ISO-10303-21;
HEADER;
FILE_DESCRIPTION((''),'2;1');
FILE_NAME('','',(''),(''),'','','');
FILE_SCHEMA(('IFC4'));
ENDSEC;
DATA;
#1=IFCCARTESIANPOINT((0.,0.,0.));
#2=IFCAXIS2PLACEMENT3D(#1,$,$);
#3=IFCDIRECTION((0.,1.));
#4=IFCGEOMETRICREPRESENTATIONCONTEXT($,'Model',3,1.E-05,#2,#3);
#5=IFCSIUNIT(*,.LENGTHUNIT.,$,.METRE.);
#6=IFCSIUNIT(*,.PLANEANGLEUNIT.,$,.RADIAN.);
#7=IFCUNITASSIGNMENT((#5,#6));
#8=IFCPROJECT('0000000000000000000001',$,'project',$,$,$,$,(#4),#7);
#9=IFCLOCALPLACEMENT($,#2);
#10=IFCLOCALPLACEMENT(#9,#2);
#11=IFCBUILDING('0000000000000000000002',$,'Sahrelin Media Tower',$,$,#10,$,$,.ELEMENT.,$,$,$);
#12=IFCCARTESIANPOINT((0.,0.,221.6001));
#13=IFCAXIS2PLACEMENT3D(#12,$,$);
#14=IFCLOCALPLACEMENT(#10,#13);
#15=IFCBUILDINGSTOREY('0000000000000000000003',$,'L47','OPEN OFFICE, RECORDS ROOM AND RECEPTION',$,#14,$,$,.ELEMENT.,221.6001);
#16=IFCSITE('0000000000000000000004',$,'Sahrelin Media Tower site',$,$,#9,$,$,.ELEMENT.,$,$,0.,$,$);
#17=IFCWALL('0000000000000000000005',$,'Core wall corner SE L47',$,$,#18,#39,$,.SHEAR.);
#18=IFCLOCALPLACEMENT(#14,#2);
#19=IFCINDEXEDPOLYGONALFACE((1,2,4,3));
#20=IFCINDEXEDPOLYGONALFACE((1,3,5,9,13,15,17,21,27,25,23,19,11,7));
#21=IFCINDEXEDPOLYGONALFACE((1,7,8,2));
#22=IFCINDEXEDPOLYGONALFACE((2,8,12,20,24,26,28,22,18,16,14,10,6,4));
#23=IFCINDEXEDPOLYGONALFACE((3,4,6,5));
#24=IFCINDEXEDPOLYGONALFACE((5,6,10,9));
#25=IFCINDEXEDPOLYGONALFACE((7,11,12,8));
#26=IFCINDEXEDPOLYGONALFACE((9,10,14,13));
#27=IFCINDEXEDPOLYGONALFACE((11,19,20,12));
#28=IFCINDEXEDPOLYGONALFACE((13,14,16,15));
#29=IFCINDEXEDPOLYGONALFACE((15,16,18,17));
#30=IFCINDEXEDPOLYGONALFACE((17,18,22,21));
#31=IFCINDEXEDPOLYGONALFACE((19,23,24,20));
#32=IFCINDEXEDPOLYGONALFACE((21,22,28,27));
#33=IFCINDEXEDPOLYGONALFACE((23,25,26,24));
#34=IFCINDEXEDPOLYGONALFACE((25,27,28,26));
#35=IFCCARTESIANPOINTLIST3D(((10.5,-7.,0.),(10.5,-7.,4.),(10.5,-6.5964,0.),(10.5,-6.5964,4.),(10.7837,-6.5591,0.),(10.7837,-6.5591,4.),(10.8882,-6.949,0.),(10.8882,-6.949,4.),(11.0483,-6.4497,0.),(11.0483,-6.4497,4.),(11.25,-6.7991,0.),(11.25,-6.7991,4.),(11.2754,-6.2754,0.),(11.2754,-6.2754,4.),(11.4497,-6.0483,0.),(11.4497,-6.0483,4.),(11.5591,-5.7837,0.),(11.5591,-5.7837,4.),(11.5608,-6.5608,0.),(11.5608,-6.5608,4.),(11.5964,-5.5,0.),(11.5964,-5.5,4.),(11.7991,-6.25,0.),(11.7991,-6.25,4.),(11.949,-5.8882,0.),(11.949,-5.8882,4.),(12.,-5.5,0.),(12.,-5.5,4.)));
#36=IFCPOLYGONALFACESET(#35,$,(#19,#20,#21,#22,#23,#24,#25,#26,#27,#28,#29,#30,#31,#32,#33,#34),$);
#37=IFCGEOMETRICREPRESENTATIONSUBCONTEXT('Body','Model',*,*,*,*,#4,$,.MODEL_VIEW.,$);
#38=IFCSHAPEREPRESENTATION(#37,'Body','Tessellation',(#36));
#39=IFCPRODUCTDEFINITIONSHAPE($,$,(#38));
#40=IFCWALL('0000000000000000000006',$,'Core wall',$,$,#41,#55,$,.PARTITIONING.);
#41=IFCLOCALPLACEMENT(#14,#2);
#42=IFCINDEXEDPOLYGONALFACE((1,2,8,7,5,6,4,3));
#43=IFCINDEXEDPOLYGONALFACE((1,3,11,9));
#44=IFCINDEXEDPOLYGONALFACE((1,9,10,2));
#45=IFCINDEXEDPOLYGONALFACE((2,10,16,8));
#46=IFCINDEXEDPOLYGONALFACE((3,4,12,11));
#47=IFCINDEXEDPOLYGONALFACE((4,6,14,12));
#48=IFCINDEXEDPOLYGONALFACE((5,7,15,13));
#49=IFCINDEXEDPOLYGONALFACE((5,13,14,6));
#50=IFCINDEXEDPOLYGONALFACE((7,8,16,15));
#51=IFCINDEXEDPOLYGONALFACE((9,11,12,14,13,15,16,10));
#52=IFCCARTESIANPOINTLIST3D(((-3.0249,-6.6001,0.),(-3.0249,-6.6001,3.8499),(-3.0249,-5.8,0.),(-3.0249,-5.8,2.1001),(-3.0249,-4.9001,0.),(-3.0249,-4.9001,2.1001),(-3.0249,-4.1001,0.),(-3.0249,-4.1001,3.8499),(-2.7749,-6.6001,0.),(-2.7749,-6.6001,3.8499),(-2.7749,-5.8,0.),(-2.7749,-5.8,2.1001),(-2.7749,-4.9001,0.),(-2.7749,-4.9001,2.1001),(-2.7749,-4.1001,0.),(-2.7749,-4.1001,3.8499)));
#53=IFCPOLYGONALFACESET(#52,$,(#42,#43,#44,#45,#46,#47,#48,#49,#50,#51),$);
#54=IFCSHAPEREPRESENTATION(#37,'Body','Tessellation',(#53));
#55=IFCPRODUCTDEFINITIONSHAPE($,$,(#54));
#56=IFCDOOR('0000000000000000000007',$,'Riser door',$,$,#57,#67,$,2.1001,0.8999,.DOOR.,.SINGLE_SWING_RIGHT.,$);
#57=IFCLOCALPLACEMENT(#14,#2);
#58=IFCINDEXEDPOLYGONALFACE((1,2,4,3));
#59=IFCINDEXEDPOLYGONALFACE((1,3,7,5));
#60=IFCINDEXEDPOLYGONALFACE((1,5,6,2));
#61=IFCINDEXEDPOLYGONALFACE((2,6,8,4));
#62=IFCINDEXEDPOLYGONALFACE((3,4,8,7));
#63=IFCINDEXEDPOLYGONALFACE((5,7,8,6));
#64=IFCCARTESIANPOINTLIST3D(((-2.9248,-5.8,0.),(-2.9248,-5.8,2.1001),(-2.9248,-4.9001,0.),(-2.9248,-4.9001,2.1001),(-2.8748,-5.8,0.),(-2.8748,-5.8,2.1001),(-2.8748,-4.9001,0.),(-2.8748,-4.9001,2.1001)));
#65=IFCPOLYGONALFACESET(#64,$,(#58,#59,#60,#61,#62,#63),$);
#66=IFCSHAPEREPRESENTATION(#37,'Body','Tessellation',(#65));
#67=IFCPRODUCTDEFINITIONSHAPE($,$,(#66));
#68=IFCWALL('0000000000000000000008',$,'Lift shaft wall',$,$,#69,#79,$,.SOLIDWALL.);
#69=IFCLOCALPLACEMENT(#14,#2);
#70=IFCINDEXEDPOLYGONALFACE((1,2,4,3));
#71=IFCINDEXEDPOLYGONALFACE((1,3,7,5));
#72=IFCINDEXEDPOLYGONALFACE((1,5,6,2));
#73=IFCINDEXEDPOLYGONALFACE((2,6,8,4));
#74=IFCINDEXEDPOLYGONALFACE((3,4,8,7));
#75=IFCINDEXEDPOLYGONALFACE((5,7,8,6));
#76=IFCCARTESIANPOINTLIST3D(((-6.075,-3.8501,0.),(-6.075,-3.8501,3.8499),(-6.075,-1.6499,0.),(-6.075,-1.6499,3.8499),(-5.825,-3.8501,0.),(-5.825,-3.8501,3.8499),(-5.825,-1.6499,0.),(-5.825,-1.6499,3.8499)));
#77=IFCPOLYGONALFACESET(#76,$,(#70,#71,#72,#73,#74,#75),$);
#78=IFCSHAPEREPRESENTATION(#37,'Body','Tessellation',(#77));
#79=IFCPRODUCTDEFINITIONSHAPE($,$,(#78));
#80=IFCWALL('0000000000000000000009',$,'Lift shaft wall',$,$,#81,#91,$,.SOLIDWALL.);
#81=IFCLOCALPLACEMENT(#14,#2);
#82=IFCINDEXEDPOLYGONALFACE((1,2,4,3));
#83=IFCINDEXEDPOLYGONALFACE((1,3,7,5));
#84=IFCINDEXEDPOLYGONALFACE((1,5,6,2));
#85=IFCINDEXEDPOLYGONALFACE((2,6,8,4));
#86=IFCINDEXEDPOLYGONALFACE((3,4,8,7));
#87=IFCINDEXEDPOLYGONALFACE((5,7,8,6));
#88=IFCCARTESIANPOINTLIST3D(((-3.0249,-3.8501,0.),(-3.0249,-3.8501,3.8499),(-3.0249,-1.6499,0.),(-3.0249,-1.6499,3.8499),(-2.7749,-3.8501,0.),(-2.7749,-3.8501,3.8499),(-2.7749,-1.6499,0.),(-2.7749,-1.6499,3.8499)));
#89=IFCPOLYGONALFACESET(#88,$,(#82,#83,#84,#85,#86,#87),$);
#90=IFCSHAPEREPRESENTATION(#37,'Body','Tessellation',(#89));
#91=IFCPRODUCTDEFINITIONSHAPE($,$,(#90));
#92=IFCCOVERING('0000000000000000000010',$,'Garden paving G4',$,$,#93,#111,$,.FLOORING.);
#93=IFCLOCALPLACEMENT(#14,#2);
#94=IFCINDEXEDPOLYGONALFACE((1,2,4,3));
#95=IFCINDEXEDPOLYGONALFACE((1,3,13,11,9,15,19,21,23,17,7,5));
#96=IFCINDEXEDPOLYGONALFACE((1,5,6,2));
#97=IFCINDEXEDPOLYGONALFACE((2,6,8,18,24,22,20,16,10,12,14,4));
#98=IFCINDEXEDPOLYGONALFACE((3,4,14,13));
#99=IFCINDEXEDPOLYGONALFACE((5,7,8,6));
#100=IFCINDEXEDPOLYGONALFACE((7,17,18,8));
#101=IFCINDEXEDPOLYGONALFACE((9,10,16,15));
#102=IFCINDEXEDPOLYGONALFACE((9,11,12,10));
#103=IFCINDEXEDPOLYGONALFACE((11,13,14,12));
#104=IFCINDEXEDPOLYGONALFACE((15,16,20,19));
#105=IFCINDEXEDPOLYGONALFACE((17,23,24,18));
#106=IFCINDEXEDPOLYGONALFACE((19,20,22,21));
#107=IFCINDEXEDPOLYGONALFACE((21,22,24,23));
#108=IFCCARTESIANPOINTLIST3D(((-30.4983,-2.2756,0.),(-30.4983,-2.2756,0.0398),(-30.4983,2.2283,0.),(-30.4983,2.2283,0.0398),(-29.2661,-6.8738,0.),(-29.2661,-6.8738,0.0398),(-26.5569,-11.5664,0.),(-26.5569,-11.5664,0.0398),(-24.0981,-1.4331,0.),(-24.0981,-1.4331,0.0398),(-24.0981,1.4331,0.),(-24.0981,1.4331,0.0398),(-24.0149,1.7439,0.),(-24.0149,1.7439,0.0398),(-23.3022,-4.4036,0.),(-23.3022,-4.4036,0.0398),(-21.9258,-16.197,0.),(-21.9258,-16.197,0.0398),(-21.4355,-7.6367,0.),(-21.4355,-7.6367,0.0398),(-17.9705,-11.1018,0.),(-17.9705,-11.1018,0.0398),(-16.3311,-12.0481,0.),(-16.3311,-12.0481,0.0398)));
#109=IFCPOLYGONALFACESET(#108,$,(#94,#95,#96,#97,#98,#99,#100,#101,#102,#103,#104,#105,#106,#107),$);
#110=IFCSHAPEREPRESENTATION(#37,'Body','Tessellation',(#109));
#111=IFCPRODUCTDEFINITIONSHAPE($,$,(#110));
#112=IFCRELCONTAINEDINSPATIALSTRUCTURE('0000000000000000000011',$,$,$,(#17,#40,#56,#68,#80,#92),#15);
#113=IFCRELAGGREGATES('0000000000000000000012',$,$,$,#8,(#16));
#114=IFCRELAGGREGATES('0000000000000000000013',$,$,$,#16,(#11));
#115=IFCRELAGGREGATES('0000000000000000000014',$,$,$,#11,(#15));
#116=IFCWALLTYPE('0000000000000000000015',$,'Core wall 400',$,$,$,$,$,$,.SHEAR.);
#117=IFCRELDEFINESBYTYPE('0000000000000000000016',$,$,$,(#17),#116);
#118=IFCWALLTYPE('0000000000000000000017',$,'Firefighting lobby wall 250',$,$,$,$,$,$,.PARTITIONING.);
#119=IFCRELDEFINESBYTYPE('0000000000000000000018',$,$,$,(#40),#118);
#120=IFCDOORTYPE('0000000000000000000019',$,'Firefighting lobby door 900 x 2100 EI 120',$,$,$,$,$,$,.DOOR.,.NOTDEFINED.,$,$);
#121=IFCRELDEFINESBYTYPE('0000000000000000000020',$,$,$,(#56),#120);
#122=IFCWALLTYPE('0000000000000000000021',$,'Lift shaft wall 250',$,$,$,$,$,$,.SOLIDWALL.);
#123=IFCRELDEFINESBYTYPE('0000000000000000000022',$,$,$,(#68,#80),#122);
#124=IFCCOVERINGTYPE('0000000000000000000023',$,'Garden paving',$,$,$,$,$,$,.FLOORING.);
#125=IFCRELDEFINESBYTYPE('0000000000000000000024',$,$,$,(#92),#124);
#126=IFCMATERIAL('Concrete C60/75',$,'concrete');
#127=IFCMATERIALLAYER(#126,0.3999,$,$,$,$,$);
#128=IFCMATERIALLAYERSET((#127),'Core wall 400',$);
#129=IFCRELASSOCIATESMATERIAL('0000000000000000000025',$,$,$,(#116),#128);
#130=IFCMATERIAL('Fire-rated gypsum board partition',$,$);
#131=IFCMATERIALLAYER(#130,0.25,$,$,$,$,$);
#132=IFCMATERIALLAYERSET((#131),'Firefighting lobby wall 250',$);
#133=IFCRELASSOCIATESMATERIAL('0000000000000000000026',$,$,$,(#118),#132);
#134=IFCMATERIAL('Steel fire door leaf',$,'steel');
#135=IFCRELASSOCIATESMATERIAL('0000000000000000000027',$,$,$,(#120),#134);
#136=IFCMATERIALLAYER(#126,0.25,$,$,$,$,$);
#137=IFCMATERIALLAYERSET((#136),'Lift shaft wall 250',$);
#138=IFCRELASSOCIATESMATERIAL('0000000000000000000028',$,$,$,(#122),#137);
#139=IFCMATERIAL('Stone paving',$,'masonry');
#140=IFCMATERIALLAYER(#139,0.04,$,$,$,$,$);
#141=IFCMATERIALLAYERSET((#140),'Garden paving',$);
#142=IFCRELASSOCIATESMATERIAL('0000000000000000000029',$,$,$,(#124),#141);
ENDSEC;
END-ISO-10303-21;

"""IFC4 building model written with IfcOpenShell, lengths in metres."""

from ifc_helpers import new_model, si_unit, direction, frame, frame_2d, origin, place, context, subcontext, project, spatial, polyline, rectangle, outline, extrude, material, layer, layer_set, type_object, element, fill, save


model = new_model("IFC4")

# Units and contexts
model_context = context("Model", 3, precision=1e-05, world=origin(), true_north=direction((0.0, 1.0)))
body_context = subcontext(model_context, "Body", "Model", "MODEL_VIEW")
ifc_project = project(units=[si_unit("LENGTHUNIT", "METRE"), si_unit("PLANEANGLEUNIT", "RADIAN")], contexts=[model_context])

# Site, building, storey
site_placement = place(None, origin())
site = spatial("IfcSite", under=ifc_project, at=site_placement, Name="Sahrelin Media Tower site", CompositionType="ELEMENT", RefElevation=0.0)
building_placement = place(site_placement, origin())
building = spatial("IfcBuilding", under=site, at=building_placement, Name="Sahrelin Media Tower", CompositionType="ELEMENT")
storey_placement = place(building_placement, frame((0.0, 0.0, 221.6001)))
storey = spatial("IfcBuildingStorey", under=building, at=storey_placement, Name="L47", Description="OPEN OFFICE, RECORDS ROOM AND RECEPTION", CompositionType="ELEMENT", Elevation=221.6001)

# Shared definitions
placement = place(storey_placement, origin())

# Wall
ifc_material_1 = material(Name="Concrete C60/75", Category="concrete")
ifc_layer_1 = layer(ifc_material_1, 0.3999)
ifc_layer_set_1 = layer_set([ifc_layer_1], Name="Core wall 400")
wall_type_1 = type_object("IfcWallType", Name="Core wall 400", PredefinedType="SHEAR", material=ifc_layer_set_1)
element("IfcWall", 1, at=placement, inside=storey, type_object=wall_type_1, Name="Core wall corner SE L47", PredefinedType="SHEAR", context=body_context, shape_type="SweptSolid", body=[
    extrude(outline(polyline([(12.0, -5.5), (11.5964, -5.5), (11.5591, -5.7837), (11.4497, -6.0483), (11.2754, -6.2754), (11.0483, -6.4497), (10.7837, -6.5591), (10.5, -6.5964), (10.5, -7.0), (10.8882, -6.949), (11.25, -6.7991), (11.5608, -6.5608), (11.7991, -6.25), (11.949, -5.8882), (12.0, -5.5)])), origin(), (0.0, 0.0, 1.0), 4.0),
])

# Wall, opening, door
ifc_material_2 = material(Name="Fire-rated gypsum board partition")
ifc_layer_2 = layer(ifc_material_2, 0.25)
ifc_layer_set_2 = layer_set([ifc_layer_2], Name="Firefighting lobby wall 250")
wall_type_2 = type_object("IfcWallType", Name="Firefighting lobby wall 250", PredefinedType="PARTITIONING", material=ifc_layer_set_2)
wall_1_placement = place(storey_placement, frame((-2.8999, -6.6001, 0.0), z_axis=(0.0, 0.0, 1.0), x_axis=(0.0, 1.0, 0.0)))
wall_1 = element("IfcWall", 2, at=wall_1_placement, inside=storey, type_object=wall_type_2, Name="Core wall", PredefinedType="PARTITIONING", context=body_context, shape_type="SweptSolid", body=[
    extrude(rectangle(XDim=2.5, YDim=0.25, at=frame_2d((1.25, 0.0))), origin(), (0.0, 0.0, 1.0), 3.8499),
])
opening_placement = place(wall_1_placement, frame((0.8, 0.0, 0.0)))
opening = element("IfcOpeningElement", 3, at=opening_placement, cuts=wall_1, PredefinedType="OPENING", context=body_context, shape_type="SweptSolid", body=[
    extrude(rectangle(XDim=0.8999, YDim=2.1001, at=frame_2d((0.45, 1.05))), frame((0.0, 0.125, 0.0), z_axis=(0.0, -1.0, 0.0), x_axis=(1.0, 0.0, 0.0)), (0.0, 0.0, 1.0), 0.25),
])
ifc_material_3 = material(Name="Steel fire door leaf", Category="steel")
door_type = type_object("IfcDoorType", Name="Firefighting lobby door 900 x 2100 EI 120", OperationType="NOTDEFINED", PredefinedType="DOOR", material=ifc_material_3)
door_placement = place(opening_placement, origin())
door = element("IfcDoor", 4, at=door_placement, inside=storey, type_object=door_type, Name="Riser door", OperationType="SINGLE_SWING_RIGHT", OverallHeight=2.1001, OverallWidth=0.8999, PredefinedType="DOOR", context=body_context, shape_type="SweptSolid", body=[
    extrude(rectangle(XDim=0.8999, YDim=2.1001, at=frame_2d((0.45, 1.05))), frame((0.0, 0.0249, 0.0), z_axis=(0.0, -1.0, 0.0), x_axis=(1.0, 0.0, 0.0)), (0.0, 0.0, 1.0), 0.05),
])
fill(opening, door)

# Walls
ifc_layer_3 = layer(ifc_material_1, 0.25)
ifc_layer_set_3 = layer_set([ifc_layer_3], Name="Lift shaft wall 250")
wall_type_3 = type_object("IfcWallType", Name="Lift shaft wall 250", PredefinedType="SOLIDWALL", material=ifc_layer_set_3)
for number, where, z_axis, x_axis, name in (
    (5, (-5.95, -3.8501, 0.0), (0.0, 0.0, 1.0), (0.0, 1.0, 0.0), "Lift shaft wall"),
    (6, (-2.8999, -3.8501, 0.0), (0.0, 0.0, 1.0), (0.0, 1.0, 0.0), "Lift shaft wall"),
):
    element("IfcWall", number, at=place(storey_placement, frame(where, z_axis=z_axis, x_axis=x_axis)), inside=storey, type_object=wall_type_3, Name=name, PredefinedType="SOLIDWALL", context=body_context, shape_type="SweptSolid", body=[
        extrude(rectangle(XDim=2.2002, YDim=0.25, at=frame_2d((1.1001, 0.0))), origin(), (0.0, 0.0, 1.0), 3.8499),
    ])

# Covering
ifc_material_4 = material(Name="Stone paving", Category="masonry")
ifc_layer_4 = layer(ifc_material_4, 0.04)
ifc_layer_set_4 = layer_set([ifc_layer_4], Name="Garden paving")
covering_type = type_object("IfcCoveringType", Name="Garden paving", PredefinedType="FLOORING", material=ifc_layer_set_4)
element("IfcCovering", 7, at=placement, inside=storey, type_object=covering_type, Name="Garden paving G4", PredefinedType="FLOORING", context=body_context, shape_type="SweptSolid", body=[
    extrude(outline(polyline([(-29.2661, -6.8738), (-30.4983, -2.2756), (-30.4983, 2.2283), (-24.0149, 1.7439), (-24.0981, 1.4331), (-24.0981, -1.4331), (-23.3022, -4.4036), (-21.4355, -7.6367), (-17.9705, -11.1018), (-16.3311, -12.0481), (-21.9258, -16.197), (-26.5569, -11.5664), (-29.2661, -6.8738)])), origin(), (0.0, 0.0, 1.0), 0.0398),
])

save(model, "model.ifc")
